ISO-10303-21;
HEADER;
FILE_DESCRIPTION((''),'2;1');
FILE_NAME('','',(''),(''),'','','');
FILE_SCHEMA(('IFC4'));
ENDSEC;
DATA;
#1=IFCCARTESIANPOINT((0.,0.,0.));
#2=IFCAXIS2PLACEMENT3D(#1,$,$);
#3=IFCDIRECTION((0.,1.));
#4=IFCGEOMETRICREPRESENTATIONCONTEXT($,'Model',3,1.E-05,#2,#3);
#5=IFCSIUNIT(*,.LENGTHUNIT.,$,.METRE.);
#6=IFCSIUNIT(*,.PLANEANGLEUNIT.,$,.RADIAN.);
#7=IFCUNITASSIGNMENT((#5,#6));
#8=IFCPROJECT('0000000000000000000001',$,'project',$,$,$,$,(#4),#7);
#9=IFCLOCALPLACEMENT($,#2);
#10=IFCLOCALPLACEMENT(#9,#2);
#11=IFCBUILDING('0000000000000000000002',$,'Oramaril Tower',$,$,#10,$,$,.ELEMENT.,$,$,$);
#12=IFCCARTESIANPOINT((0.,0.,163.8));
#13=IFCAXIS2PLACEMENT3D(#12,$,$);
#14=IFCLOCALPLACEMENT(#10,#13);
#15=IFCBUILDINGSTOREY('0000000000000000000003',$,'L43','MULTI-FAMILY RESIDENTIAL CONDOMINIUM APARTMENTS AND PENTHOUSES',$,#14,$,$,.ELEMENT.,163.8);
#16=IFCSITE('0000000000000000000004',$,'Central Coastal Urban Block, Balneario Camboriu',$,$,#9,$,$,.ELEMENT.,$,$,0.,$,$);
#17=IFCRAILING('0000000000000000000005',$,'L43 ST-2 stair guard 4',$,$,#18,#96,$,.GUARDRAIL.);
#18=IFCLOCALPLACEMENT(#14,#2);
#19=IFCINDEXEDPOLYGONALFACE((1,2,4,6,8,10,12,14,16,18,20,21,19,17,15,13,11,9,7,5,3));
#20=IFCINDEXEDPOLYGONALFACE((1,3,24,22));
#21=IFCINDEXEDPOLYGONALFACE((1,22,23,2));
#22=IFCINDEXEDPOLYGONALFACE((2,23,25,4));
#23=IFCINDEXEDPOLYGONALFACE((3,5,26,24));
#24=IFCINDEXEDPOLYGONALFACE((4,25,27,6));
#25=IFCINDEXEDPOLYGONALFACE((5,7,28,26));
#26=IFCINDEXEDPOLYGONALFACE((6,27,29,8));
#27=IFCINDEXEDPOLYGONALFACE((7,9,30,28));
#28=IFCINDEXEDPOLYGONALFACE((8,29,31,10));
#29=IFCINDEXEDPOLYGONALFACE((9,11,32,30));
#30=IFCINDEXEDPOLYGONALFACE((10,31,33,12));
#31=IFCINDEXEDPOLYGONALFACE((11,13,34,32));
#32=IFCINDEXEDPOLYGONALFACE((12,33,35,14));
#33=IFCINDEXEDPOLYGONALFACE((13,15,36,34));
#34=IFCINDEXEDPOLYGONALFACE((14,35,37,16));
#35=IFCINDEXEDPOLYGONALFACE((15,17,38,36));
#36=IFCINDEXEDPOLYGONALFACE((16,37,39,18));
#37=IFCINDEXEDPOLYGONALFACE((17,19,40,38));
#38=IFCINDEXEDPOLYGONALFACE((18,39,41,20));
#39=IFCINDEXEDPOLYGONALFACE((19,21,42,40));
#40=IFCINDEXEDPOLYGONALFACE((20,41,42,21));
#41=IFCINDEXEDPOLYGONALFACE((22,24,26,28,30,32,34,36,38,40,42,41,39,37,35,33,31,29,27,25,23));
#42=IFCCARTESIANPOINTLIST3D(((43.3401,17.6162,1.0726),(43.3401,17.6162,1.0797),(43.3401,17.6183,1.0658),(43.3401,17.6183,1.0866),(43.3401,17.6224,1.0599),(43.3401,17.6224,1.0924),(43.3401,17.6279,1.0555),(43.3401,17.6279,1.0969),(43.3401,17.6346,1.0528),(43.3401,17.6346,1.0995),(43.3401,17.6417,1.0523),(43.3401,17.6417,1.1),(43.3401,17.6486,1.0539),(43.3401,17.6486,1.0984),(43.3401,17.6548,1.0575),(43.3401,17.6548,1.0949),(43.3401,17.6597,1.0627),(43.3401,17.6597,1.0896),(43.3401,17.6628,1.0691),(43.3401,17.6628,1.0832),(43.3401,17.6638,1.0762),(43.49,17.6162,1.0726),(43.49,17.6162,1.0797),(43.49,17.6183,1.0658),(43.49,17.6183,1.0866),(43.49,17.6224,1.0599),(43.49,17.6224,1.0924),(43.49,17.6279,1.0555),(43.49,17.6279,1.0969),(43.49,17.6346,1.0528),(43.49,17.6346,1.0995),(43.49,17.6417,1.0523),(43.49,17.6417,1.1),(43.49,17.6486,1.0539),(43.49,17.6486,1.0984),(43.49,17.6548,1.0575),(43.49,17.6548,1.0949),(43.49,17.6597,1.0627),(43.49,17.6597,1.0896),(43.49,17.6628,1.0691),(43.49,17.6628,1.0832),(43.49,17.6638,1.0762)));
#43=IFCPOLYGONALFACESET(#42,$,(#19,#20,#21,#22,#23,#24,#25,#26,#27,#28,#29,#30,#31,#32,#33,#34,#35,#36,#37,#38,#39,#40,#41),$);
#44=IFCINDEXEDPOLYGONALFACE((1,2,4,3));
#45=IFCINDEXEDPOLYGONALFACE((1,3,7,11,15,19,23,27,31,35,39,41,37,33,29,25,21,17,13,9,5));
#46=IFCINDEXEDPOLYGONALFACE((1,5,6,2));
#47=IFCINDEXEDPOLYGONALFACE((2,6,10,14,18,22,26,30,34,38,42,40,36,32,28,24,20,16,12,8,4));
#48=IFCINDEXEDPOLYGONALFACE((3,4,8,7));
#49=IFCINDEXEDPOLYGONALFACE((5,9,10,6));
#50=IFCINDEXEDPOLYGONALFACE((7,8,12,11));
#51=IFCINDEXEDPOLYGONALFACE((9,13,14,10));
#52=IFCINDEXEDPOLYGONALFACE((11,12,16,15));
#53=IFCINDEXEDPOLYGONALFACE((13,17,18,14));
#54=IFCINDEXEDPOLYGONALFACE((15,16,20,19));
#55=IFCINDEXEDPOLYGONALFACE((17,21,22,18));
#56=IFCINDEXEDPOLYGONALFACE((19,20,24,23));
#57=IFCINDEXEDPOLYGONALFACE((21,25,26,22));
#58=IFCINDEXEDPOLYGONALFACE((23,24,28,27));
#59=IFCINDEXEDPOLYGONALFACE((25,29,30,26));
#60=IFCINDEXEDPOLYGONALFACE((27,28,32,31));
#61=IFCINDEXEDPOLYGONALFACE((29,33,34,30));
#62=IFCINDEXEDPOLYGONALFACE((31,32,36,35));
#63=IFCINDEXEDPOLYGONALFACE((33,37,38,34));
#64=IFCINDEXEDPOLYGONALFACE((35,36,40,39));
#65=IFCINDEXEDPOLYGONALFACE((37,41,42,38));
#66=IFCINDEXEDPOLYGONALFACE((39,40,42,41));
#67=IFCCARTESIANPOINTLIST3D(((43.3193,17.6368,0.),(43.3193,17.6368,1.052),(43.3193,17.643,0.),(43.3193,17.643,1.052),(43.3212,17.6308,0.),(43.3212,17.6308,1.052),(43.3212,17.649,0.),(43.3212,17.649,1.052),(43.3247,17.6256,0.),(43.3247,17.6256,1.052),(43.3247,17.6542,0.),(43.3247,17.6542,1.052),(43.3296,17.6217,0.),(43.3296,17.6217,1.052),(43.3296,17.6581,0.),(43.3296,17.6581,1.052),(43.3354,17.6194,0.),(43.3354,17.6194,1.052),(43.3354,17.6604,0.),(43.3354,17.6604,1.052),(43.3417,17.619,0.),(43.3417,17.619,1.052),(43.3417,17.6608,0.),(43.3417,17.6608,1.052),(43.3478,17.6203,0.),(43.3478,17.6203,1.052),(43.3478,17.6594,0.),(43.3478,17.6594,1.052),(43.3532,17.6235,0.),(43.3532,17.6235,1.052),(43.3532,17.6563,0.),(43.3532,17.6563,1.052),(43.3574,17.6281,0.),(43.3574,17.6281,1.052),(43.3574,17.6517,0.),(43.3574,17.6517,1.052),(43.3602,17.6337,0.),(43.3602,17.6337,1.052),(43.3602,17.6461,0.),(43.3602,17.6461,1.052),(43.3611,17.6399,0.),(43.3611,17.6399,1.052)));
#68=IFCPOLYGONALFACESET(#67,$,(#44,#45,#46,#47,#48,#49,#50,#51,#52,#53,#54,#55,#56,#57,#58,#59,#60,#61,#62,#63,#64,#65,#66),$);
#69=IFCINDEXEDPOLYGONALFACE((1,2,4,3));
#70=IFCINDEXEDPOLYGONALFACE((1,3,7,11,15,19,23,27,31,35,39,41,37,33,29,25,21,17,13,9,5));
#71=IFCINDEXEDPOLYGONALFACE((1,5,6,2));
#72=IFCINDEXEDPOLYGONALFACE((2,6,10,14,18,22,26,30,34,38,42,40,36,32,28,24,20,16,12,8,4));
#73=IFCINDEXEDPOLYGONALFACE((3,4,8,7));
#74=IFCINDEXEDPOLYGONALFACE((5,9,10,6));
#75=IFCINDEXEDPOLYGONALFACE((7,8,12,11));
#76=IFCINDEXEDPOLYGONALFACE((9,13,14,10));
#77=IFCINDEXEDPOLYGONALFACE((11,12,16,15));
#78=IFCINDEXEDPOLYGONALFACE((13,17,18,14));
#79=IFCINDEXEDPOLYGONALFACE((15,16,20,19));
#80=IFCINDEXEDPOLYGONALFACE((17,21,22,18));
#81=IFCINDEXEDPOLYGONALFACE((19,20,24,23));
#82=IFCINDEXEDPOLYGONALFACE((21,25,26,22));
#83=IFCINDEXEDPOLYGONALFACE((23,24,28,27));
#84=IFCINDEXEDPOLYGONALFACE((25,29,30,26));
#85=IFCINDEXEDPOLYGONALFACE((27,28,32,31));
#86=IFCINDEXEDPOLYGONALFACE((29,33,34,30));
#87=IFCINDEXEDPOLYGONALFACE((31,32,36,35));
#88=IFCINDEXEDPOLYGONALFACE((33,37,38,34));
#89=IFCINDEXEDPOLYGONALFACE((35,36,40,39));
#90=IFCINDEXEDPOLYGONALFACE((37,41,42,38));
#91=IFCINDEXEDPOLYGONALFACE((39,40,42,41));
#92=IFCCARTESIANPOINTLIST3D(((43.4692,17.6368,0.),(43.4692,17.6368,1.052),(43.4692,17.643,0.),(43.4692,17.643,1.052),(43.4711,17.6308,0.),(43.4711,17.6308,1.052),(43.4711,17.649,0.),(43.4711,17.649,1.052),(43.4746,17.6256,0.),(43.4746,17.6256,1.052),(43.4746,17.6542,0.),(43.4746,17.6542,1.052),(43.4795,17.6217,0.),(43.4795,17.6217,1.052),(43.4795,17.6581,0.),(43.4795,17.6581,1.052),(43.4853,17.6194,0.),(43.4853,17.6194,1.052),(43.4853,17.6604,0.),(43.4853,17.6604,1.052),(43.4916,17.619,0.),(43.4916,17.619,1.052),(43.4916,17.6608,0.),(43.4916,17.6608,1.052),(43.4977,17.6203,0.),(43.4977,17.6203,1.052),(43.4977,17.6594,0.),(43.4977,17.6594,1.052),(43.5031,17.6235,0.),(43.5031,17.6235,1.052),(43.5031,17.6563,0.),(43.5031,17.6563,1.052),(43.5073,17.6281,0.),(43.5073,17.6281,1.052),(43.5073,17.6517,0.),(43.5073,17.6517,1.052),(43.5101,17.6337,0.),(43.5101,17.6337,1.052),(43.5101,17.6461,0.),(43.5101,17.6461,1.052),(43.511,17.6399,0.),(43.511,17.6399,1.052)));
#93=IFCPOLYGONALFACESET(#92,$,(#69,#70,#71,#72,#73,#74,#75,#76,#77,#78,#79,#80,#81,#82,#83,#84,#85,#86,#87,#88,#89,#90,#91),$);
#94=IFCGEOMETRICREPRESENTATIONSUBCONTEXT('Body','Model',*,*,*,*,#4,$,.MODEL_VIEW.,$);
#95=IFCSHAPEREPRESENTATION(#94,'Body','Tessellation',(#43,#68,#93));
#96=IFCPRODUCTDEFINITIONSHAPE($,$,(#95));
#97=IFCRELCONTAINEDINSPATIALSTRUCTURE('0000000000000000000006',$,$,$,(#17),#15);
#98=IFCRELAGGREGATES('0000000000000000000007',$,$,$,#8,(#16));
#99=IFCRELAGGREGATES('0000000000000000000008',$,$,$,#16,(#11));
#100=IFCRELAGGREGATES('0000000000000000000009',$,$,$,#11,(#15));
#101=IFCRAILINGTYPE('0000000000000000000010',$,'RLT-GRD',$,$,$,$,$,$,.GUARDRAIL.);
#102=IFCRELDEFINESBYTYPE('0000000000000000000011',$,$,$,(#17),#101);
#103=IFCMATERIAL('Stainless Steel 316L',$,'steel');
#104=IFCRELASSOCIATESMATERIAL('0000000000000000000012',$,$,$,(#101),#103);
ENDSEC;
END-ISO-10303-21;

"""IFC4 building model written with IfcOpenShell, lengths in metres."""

from ifc_helpers import new_model, si_unit, direction, frame, origin, origin_2d, place, context, subcontext, project, spatial, circle, extrude, material, type_object, element, save


model = new_model("IFC4")

# Units and contexts
model_context = context("Model", 3, precision=1e-05, world=origin(), true_north=direction((0.0, 1.0)))
body_context = subcontext(model_context, "Body", "Model", "MODEL_VIEW")
ifc_project = project(units=[si_unit("LENGTHUNIT", "METRE"), si_unit("PLANEANGLEUNIT", "RADIAN")], contexts=[model_context])

# Site, building, storey
site_placement = place(None, origin())
site = spatial("IfcSite", under=ifc_project, at=site_placement, Name="Central Coastal Urban Block, Balneario Camboriu", CompositionType="ELEMENT", RefElevation=0.0)
building_placement = place(site_placement, origin())
building = spatial("IfcBuilding", under=site, at=building_placement, Name="Oramaril Tower", CompositionType="ELEMENT")
storey_placement = place(building_placement, frame((0.0, 0.0, 163.8)))
storey = spatial("IfcBuildingStorey", under=building, at=storey_placement, Name="L43", Description="MULTI-FAMILY RESIDENTIAL CONDOMINIUM APARTMENTS AND PENTHOUSES", CompositionType="ELEMENT", Elevation=163.8)

# Railing
ifc_material_1 = material(Name="Stainless Steel 316L", Category="steel")
railing_type_1 = type_object("IfcRailingType", Name="RLT-GRD", PredefinedType="GUARDRAIL", material=ifc_material_1)
railing_1_placement = place(storey_placement, frame((43.3401, 17.6399, 0.0)))
element("IfcRailing", 1, at=railing_1_placement, inside=storey, type_object=railing_type_1, Name="L43 ST-2 stair guard 4", PredefinedType="GUARDRAIL", context=body_context, shape_type="SweptSolid", body=[
    extrude(circle(Radius=0.0239, at=origin_2d()), frame((0.0, 0.0, 1.0762), z_axis=(1.0, 0.0, 0.0), x_axis=(0.0, 1.0, 0.0)), (0.0, 0.0, 1.0), 0.1499),
    extrude(circle(Radius=0.021, at=origin_2d()), origin(), (0.0, 0.0, 1.0), 1.052),
    extrude(circle(Radius=0.021, at=origin_2d()), frame((0.1499, 0.0, 0.0)), (0.0, 0.0, 1.0), 1.052),
])

save(model, "model.ifc")
